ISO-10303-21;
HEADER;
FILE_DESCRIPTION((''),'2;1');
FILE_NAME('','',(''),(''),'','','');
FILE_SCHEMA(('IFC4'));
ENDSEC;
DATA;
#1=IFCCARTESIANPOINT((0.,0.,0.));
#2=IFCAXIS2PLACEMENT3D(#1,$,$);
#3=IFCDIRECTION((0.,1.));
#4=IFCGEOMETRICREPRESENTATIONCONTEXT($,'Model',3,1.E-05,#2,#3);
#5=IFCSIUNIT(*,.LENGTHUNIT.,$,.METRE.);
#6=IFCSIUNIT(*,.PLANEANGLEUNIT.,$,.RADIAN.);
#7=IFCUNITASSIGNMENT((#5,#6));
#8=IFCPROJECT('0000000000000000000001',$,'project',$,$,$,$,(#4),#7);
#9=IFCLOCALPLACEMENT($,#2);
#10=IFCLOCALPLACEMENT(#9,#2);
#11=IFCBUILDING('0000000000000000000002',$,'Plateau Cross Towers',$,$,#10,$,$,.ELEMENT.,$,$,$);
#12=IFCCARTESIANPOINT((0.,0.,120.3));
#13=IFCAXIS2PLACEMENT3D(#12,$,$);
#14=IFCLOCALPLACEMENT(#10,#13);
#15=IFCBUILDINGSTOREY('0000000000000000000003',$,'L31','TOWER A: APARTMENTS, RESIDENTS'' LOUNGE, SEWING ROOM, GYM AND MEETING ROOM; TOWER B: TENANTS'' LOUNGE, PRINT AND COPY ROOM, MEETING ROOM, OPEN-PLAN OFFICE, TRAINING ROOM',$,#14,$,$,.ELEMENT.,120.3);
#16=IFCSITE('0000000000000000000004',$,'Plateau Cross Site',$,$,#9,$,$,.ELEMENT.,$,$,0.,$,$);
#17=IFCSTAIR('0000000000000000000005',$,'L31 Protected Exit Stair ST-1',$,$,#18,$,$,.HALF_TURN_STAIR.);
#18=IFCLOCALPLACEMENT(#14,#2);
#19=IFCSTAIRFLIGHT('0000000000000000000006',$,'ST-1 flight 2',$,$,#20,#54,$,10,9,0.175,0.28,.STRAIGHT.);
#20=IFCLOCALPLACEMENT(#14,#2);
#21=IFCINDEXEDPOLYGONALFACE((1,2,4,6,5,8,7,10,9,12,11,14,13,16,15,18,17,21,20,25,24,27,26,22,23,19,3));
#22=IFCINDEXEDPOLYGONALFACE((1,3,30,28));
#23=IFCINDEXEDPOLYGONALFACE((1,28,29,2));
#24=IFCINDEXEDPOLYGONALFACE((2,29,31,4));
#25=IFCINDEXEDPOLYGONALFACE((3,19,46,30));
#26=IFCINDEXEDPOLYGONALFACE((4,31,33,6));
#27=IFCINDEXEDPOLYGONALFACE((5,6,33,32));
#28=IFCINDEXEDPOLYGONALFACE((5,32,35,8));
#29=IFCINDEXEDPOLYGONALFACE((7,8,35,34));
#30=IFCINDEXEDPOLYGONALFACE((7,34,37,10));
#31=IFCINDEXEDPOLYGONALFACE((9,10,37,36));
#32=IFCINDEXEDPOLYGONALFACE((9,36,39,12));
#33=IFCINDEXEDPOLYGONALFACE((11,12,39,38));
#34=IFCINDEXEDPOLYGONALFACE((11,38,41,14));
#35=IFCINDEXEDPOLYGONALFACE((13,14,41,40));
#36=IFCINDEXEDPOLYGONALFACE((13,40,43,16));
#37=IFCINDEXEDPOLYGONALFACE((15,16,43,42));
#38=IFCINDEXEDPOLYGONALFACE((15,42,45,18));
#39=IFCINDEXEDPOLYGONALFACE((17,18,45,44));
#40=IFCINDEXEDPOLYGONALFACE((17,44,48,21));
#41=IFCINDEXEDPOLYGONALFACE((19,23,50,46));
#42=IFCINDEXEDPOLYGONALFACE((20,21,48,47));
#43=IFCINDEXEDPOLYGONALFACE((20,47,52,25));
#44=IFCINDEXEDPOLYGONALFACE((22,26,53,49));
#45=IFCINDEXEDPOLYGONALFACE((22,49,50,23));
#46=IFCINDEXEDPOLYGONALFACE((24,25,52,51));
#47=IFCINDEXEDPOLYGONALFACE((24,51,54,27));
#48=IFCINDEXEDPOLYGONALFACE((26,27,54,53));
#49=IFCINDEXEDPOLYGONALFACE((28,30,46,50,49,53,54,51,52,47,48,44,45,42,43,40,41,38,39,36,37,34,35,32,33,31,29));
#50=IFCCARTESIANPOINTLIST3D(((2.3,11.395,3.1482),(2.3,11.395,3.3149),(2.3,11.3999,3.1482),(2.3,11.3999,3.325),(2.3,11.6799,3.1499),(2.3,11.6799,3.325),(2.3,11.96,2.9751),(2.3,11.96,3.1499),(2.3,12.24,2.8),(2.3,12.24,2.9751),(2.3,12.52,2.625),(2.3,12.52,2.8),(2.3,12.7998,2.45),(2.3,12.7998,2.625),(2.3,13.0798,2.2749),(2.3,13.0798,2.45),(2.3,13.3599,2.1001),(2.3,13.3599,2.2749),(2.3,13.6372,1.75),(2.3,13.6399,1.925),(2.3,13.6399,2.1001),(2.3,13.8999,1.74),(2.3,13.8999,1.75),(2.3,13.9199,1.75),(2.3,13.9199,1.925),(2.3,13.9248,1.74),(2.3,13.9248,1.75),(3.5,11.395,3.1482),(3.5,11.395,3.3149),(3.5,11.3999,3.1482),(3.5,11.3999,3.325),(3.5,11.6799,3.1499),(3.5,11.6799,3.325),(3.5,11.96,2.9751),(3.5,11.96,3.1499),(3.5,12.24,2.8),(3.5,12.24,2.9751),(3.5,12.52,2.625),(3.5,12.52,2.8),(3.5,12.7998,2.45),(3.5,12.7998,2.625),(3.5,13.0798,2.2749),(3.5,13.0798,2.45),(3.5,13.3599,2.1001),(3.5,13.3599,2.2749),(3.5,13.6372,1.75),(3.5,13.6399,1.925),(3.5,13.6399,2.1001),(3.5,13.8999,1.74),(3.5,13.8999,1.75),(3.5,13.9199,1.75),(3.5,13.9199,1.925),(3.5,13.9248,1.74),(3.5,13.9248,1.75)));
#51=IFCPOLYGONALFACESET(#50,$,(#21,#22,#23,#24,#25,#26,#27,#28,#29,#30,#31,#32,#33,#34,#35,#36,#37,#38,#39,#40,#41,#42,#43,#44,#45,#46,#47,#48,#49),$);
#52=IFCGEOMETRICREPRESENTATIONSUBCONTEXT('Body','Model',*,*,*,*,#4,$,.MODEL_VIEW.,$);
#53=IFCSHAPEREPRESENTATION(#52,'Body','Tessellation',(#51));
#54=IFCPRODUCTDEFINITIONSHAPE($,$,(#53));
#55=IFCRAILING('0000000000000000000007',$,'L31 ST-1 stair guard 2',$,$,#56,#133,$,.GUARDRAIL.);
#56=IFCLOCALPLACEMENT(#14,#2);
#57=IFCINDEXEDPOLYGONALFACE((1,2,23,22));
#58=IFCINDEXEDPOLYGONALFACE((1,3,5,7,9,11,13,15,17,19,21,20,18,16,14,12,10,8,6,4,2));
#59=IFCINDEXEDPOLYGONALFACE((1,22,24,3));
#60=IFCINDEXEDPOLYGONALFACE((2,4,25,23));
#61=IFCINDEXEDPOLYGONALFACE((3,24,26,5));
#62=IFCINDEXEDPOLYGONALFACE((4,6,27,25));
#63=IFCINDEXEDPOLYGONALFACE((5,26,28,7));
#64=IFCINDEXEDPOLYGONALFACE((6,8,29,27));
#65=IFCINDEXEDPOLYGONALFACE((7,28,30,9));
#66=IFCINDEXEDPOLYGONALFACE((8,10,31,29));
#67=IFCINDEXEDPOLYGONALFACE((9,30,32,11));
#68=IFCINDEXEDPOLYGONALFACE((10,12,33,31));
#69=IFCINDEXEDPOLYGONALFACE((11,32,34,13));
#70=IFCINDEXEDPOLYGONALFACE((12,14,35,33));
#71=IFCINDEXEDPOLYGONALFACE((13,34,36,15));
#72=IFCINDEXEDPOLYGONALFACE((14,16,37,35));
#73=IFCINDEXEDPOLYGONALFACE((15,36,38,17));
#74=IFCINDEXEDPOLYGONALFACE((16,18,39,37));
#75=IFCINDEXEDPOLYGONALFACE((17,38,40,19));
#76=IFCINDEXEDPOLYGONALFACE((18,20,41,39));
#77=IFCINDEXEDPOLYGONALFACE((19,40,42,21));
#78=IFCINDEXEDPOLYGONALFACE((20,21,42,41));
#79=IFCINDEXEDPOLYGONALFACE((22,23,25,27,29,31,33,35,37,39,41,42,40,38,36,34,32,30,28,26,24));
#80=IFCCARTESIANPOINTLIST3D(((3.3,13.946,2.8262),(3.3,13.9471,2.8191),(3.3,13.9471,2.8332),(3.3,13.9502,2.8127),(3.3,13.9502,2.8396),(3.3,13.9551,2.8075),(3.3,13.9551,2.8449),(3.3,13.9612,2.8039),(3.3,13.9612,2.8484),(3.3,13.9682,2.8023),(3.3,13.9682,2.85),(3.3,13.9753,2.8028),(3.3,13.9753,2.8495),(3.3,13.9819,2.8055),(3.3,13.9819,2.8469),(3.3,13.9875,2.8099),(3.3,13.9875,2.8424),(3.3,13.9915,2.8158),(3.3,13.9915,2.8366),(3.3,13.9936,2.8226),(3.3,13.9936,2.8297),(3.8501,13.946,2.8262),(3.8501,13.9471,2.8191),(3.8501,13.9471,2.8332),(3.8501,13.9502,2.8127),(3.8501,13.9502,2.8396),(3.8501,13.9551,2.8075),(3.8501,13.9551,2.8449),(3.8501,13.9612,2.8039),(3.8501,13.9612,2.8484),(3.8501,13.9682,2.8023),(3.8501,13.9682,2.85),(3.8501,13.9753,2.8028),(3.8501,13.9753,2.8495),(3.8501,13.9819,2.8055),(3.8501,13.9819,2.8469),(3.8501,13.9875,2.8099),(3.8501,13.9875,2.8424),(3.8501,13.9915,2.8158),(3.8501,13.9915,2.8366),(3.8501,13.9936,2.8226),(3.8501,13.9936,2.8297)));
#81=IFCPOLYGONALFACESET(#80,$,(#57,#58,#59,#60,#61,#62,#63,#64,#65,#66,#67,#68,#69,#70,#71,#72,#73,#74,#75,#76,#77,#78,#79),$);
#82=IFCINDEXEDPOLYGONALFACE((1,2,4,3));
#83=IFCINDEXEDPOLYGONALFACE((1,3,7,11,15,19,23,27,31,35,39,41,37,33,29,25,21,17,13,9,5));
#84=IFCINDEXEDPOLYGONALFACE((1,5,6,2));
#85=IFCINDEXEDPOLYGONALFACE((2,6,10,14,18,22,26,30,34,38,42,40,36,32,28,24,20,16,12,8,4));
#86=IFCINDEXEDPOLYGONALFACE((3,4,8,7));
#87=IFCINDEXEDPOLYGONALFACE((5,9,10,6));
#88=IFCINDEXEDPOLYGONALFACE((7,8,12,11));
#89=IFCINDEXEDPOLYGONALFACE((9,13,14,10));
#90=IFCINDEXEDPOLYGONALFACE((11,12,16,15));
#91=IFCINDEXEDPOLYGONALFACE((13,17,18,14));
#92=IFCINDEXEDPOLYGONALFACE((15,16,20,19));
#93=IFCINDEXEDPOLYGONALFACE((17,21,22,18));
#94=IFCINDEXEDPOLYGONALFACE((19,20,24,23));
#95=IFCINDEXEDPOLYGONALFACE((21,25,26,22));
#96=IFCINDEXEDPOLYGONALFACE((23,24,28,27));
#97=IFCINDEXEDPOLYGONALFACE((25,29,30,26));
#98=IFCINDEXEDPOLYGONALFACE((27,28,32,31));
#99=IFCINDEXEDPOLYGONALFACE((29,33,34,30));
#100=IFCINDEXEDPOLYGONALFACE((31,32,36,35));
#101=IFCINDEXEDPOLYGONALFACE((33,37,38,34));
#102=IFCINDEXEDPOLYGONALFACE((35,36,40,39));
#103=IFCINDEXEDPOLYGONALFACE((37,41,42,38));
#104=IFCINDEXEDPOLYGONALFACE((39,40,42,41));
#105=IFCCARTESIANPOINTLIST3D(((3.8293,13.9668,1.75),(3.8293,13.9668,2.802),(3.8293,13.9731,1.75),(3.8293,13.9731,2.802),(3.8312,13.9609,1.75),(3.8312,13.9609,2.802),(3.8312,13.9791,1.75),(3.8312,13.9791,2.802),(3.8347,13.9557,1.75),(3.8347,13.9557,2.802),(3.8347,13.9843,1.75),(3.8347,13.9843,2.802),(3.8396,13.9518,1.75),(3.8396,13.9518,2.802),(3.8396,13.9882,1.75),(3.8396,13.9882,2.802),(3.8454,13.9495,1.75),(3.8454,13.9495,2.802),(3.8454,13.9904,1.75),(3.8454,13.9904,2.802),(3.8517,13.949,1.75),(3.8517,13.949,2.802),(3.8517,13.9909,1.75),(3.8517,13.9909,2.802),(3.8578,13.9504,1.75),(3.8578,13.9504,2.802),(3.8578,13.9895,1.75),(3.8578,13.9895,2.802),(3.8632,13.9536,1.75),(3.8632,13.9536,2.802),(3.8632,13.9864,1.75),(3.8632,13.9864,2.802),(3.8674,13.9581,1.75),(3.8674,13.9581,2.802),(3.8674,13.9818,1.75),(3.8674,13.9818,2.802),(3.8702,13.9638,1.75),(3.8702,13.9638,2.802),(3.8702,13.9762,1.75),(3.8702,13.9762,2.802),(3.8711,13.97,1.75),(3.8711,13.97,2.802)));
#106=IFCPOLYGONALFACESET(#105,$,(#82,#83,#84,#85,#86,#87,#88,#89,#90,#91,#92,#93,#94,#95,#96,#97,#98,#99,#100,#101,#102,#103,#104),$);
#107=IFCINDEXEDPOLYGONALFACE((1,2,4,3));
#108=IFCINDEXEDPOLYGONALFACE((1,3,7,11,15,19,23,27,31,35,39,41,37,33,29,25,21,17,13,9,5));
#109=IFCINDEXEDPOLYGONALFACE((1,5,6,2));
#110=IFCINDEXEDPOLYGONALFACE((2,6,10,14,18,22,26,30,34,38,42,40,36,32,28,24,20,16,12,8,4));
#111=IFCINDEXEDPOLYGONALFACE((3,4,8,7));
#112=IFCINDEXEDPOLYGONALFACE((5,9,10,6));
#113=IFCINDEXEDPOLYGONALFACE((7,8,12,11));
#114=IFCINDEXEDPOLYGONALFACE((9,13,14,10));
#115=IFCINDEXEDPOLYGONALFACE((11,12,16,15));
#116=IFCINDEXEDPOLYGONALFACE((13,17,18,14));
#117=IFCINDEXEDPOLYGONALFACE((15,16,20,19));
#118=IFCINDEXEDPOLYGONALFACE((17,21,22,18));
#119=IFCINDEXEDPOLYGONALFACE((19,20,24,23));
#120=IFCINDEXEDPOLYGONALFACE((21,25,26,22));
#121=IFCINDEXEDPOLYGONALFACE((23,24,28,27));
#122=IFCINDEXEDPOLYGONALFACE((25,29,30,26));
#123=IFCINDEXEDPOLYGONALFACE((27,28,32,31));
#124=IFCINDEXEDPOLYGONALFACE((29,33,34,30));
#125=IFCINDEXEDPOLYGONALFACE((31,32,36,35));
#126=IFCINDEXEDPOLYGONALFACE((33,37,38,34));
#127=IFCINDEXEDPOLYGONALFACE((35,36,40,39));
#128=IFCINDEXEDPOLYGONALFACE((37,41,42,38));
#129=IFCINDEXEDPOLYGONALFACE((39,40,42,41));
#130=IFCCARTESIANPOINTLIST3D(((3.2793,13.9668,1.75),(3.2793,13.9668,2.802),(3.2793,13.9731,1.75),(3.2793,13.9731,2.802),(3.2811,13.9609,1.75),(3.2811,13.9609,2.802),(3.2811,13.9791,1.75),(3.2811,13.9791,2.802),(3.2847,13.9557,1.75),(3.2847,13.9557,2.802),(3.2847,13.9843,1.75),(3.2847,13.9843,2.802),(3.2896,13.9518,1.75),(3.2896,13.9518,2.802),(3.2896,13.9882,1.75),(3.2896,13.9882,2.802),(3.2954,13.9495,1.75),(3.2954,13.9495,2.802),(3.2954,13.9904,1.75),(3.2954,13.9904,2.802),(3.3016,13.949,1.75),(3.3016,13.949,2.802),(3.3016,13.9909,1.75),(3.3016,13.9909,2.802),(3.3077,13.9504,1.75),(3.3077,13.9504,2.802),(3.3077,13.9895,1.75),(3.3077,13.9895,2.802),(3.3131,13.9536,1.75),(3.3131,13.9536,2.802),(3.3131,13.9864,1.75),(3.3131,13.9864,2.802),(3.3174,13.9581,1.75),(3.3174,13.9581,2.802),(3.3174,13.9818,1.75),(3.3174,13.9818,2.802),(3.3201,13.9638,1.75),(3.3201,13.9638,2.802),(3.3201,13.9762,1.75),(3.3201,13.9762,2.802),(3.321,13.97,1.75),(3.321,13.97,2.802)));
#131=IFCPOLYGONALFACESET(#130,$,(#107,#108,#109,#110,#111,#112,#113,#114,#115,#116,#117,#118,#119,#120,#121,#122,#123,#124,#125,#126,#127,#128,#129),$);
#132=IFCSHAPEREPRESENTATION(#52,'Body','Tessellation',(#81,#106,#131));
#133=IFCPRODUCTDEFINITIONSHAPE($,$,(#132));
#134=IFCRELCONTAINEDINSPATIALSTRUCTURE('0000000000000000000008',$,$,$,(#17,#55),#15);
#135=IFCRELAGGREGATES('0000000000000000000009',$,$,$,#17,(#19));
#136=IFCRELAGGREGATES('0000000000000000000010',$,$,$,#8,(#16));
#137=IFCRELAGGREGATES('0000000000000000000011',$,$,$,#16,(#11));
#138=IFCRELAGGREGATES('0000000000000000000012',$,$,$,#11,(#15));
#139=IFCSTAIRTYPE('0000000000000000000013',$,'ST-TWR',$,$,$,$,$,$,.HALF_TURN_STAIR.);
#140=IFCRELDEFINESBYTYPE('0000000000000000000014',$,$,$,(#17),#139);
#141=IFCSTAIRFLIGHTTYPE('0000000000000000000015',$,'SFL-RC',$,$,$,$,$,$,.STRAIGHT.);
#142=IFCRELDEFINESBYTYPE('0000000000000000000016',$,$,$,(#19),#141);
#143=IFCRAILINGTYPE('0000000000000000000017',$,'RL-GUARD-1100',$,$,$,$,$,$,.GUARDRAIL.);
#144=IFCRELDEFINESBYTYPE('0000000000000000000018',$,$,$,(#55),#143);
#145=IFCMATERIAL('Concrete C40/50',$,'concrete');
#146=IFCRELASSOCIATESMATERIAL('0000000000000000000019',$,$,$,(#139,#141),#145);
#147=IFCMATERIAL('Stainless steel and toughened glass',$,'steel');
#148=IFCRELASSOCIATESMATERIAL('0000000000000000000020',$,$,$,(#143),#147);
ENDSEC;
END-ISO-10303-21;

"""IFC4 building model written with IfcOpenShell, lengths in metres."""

from ifc_helpers import new_model, si_unit, direction, frame, origin, origin_2d, place, context, subcontext, project, spatial, polyline, circle, outline, extrude, material, type_object, element, aggregate, save


model = new_model("IFC4")

# Units and contexts
model_context = context("Model", 3, precision=1e-05, world=origin(), true_north=direction((0.0, 1.0)))
body_context = subcontext(model_context, "Body", "Model", "MODEL_VIEW")
ifc_project = project(units=[si_unit("LENGTHUNIT", "METRE"), si_unit("PLANEANGLEUNIT", "RADIAN")], contexts=[model_context])

# Site, building, storey
site_placement = place(None, origin())
site = spatial("IfcSite", under=ifc_project, at=site_placement, Name="Plateau Cross Site", CompositionType="ELEMENT", RefElevation=0.0)
building_placement = place(site_placement, origin())
building = spatial("IfcBuilding", under=site, at=building_placement, Name="Plateau Cross Towers", CompositionType="ELEMENT")
storey_placement = place(building_placement, frame((0.0, 0.0, 120.3)))
storey = spatial("IfcBuildingStorey", under=building, at=storey_placement, Name="L31", Description="TOWER A: APARTMENTS, RESIDENTS' LOUNGE, SEWING ROOM, GYM AND MEETING ROOM; TOWER B: TENANTS' LOUNGE, PRINT AND COPY ROOM, MEETING ROOM, OPEN-PLAN OFFICE, TRAINING ROOM", CompositionType="ELEMENT", Elevation=120.3)

# Stair, stair flight
ifc_material_1 = material(Name="Concrete C40/50", Category="concrete")
stair_type = type_object("IfcStairType", Name="ST-TWR", PredefinedType="HALF_TURN_STAIR", material=ifc_material_1)
stair_placement = place(storey_placement, origin())
stair = element("IfcStair", 1, at=stair_placement, inside=storey, type_object=stair_type, Name="L31 Protected Exit Stair ST-1", PredefinedType="HALF_TURN_STAIR")
stair_flight_type = type_object("IfcStairFlightType", Name="SFL-RC", PredefinedType="STRAIGHT", material=ifc_material_1)
stair_flight_1_placement = place(storey_placement, frame((2.8999, 13.9199, 1.75), z_axis=(0.0, 0.0, 1.0), x_axis=(0.0, -1.0, 0.0)))
stair_flight_1 = element("IfcStairFlight", 2, at=stair_flight_1_placement, type_object=stair_flight_type, Name="ST-1 flight 2", NumberOfRisers=10, NumberOfTreads=9, PredefinedType="STRAIGHT", RiserHeight=0.175, TreadLength=0.28, context=body_context, shape_type="SweptSolid", body=[
    extrude(outline(polyline([(-0.0049, -0.01), (-0.0049, 0.0), (0.0, 0.0), (0.0, 0.175), (0.28, 0.175), (0.28, 0.3501), (0.5601, 0.3501), (0.5601, 0.5249), (0.8401, 0.5249), (0.8401, 0.7), (1.1201, 0.7), (1.1201, 0.875), (1.3999, 0.875), (1.3999, 1.05), (1.6799, 1.05), (1.6799, 1.2251), (1.96, 1.2251), (1.96, 1.3999), (2.24, 1.3999), (2.24, 1.575), (2.52, 1.575), (2.5249, 1.5649), (2.5249, 1.3982), (2.52, 1.3982), (0.2827, 0.0), (0.02, 0.0), (0.02, -0.01), (-0.0049, -0.01)])), frame((0.0, 0.6001, 0.0), z_axis=(0.0, -1.0, 0.0), x_axis=(1.0, 0.0, 0.0)), (0.0, 0.0, 1.0), 1.2),
])
aggregate(stair, [stair_flight_1])

# Railing
ifc_material_2 = material(Name="Stainless steel and toughened glass", Category="steel")
railing_type_1 = type_object("IfcRailingType", Name="RL-GUARD-1100", PredefinedType="GUARDRAIL", material=ifc_material_2)
railing_1_placement = place(storey_placement, frame((3.8501, 13.97, 1.75)))
element("IfcRailing", 3, at=railing_1_placement, inside=storey, type_object=railing_type_1, Name="L31 ST-1 stair guard 2", PredefinedType="GUARDRAIL", context=body_context, shape_type="SweptSolid", body=[
    extrude(circle(Radius=0.0239, at=origin_2d()), frame((0.0, 0.0, 1.0762), z_axis=(-1.0, 0.0, 0.0), x_axis=(0.0, -1.0, 0.0)), (0.0, 0.0, 1.0), 0.55),
    extrude(circle(Radius=0.021, at=origin_2d()), origin(), (0.0, 0.0, 1.0), 1.052),
    extrude(circle(Radius=0.021, at=origin_2d()), frame((-0.55, 0.0, 0.0)), (0.0, 0.0, 1.0), 1.052),
])

save(model, "model.ifc")
